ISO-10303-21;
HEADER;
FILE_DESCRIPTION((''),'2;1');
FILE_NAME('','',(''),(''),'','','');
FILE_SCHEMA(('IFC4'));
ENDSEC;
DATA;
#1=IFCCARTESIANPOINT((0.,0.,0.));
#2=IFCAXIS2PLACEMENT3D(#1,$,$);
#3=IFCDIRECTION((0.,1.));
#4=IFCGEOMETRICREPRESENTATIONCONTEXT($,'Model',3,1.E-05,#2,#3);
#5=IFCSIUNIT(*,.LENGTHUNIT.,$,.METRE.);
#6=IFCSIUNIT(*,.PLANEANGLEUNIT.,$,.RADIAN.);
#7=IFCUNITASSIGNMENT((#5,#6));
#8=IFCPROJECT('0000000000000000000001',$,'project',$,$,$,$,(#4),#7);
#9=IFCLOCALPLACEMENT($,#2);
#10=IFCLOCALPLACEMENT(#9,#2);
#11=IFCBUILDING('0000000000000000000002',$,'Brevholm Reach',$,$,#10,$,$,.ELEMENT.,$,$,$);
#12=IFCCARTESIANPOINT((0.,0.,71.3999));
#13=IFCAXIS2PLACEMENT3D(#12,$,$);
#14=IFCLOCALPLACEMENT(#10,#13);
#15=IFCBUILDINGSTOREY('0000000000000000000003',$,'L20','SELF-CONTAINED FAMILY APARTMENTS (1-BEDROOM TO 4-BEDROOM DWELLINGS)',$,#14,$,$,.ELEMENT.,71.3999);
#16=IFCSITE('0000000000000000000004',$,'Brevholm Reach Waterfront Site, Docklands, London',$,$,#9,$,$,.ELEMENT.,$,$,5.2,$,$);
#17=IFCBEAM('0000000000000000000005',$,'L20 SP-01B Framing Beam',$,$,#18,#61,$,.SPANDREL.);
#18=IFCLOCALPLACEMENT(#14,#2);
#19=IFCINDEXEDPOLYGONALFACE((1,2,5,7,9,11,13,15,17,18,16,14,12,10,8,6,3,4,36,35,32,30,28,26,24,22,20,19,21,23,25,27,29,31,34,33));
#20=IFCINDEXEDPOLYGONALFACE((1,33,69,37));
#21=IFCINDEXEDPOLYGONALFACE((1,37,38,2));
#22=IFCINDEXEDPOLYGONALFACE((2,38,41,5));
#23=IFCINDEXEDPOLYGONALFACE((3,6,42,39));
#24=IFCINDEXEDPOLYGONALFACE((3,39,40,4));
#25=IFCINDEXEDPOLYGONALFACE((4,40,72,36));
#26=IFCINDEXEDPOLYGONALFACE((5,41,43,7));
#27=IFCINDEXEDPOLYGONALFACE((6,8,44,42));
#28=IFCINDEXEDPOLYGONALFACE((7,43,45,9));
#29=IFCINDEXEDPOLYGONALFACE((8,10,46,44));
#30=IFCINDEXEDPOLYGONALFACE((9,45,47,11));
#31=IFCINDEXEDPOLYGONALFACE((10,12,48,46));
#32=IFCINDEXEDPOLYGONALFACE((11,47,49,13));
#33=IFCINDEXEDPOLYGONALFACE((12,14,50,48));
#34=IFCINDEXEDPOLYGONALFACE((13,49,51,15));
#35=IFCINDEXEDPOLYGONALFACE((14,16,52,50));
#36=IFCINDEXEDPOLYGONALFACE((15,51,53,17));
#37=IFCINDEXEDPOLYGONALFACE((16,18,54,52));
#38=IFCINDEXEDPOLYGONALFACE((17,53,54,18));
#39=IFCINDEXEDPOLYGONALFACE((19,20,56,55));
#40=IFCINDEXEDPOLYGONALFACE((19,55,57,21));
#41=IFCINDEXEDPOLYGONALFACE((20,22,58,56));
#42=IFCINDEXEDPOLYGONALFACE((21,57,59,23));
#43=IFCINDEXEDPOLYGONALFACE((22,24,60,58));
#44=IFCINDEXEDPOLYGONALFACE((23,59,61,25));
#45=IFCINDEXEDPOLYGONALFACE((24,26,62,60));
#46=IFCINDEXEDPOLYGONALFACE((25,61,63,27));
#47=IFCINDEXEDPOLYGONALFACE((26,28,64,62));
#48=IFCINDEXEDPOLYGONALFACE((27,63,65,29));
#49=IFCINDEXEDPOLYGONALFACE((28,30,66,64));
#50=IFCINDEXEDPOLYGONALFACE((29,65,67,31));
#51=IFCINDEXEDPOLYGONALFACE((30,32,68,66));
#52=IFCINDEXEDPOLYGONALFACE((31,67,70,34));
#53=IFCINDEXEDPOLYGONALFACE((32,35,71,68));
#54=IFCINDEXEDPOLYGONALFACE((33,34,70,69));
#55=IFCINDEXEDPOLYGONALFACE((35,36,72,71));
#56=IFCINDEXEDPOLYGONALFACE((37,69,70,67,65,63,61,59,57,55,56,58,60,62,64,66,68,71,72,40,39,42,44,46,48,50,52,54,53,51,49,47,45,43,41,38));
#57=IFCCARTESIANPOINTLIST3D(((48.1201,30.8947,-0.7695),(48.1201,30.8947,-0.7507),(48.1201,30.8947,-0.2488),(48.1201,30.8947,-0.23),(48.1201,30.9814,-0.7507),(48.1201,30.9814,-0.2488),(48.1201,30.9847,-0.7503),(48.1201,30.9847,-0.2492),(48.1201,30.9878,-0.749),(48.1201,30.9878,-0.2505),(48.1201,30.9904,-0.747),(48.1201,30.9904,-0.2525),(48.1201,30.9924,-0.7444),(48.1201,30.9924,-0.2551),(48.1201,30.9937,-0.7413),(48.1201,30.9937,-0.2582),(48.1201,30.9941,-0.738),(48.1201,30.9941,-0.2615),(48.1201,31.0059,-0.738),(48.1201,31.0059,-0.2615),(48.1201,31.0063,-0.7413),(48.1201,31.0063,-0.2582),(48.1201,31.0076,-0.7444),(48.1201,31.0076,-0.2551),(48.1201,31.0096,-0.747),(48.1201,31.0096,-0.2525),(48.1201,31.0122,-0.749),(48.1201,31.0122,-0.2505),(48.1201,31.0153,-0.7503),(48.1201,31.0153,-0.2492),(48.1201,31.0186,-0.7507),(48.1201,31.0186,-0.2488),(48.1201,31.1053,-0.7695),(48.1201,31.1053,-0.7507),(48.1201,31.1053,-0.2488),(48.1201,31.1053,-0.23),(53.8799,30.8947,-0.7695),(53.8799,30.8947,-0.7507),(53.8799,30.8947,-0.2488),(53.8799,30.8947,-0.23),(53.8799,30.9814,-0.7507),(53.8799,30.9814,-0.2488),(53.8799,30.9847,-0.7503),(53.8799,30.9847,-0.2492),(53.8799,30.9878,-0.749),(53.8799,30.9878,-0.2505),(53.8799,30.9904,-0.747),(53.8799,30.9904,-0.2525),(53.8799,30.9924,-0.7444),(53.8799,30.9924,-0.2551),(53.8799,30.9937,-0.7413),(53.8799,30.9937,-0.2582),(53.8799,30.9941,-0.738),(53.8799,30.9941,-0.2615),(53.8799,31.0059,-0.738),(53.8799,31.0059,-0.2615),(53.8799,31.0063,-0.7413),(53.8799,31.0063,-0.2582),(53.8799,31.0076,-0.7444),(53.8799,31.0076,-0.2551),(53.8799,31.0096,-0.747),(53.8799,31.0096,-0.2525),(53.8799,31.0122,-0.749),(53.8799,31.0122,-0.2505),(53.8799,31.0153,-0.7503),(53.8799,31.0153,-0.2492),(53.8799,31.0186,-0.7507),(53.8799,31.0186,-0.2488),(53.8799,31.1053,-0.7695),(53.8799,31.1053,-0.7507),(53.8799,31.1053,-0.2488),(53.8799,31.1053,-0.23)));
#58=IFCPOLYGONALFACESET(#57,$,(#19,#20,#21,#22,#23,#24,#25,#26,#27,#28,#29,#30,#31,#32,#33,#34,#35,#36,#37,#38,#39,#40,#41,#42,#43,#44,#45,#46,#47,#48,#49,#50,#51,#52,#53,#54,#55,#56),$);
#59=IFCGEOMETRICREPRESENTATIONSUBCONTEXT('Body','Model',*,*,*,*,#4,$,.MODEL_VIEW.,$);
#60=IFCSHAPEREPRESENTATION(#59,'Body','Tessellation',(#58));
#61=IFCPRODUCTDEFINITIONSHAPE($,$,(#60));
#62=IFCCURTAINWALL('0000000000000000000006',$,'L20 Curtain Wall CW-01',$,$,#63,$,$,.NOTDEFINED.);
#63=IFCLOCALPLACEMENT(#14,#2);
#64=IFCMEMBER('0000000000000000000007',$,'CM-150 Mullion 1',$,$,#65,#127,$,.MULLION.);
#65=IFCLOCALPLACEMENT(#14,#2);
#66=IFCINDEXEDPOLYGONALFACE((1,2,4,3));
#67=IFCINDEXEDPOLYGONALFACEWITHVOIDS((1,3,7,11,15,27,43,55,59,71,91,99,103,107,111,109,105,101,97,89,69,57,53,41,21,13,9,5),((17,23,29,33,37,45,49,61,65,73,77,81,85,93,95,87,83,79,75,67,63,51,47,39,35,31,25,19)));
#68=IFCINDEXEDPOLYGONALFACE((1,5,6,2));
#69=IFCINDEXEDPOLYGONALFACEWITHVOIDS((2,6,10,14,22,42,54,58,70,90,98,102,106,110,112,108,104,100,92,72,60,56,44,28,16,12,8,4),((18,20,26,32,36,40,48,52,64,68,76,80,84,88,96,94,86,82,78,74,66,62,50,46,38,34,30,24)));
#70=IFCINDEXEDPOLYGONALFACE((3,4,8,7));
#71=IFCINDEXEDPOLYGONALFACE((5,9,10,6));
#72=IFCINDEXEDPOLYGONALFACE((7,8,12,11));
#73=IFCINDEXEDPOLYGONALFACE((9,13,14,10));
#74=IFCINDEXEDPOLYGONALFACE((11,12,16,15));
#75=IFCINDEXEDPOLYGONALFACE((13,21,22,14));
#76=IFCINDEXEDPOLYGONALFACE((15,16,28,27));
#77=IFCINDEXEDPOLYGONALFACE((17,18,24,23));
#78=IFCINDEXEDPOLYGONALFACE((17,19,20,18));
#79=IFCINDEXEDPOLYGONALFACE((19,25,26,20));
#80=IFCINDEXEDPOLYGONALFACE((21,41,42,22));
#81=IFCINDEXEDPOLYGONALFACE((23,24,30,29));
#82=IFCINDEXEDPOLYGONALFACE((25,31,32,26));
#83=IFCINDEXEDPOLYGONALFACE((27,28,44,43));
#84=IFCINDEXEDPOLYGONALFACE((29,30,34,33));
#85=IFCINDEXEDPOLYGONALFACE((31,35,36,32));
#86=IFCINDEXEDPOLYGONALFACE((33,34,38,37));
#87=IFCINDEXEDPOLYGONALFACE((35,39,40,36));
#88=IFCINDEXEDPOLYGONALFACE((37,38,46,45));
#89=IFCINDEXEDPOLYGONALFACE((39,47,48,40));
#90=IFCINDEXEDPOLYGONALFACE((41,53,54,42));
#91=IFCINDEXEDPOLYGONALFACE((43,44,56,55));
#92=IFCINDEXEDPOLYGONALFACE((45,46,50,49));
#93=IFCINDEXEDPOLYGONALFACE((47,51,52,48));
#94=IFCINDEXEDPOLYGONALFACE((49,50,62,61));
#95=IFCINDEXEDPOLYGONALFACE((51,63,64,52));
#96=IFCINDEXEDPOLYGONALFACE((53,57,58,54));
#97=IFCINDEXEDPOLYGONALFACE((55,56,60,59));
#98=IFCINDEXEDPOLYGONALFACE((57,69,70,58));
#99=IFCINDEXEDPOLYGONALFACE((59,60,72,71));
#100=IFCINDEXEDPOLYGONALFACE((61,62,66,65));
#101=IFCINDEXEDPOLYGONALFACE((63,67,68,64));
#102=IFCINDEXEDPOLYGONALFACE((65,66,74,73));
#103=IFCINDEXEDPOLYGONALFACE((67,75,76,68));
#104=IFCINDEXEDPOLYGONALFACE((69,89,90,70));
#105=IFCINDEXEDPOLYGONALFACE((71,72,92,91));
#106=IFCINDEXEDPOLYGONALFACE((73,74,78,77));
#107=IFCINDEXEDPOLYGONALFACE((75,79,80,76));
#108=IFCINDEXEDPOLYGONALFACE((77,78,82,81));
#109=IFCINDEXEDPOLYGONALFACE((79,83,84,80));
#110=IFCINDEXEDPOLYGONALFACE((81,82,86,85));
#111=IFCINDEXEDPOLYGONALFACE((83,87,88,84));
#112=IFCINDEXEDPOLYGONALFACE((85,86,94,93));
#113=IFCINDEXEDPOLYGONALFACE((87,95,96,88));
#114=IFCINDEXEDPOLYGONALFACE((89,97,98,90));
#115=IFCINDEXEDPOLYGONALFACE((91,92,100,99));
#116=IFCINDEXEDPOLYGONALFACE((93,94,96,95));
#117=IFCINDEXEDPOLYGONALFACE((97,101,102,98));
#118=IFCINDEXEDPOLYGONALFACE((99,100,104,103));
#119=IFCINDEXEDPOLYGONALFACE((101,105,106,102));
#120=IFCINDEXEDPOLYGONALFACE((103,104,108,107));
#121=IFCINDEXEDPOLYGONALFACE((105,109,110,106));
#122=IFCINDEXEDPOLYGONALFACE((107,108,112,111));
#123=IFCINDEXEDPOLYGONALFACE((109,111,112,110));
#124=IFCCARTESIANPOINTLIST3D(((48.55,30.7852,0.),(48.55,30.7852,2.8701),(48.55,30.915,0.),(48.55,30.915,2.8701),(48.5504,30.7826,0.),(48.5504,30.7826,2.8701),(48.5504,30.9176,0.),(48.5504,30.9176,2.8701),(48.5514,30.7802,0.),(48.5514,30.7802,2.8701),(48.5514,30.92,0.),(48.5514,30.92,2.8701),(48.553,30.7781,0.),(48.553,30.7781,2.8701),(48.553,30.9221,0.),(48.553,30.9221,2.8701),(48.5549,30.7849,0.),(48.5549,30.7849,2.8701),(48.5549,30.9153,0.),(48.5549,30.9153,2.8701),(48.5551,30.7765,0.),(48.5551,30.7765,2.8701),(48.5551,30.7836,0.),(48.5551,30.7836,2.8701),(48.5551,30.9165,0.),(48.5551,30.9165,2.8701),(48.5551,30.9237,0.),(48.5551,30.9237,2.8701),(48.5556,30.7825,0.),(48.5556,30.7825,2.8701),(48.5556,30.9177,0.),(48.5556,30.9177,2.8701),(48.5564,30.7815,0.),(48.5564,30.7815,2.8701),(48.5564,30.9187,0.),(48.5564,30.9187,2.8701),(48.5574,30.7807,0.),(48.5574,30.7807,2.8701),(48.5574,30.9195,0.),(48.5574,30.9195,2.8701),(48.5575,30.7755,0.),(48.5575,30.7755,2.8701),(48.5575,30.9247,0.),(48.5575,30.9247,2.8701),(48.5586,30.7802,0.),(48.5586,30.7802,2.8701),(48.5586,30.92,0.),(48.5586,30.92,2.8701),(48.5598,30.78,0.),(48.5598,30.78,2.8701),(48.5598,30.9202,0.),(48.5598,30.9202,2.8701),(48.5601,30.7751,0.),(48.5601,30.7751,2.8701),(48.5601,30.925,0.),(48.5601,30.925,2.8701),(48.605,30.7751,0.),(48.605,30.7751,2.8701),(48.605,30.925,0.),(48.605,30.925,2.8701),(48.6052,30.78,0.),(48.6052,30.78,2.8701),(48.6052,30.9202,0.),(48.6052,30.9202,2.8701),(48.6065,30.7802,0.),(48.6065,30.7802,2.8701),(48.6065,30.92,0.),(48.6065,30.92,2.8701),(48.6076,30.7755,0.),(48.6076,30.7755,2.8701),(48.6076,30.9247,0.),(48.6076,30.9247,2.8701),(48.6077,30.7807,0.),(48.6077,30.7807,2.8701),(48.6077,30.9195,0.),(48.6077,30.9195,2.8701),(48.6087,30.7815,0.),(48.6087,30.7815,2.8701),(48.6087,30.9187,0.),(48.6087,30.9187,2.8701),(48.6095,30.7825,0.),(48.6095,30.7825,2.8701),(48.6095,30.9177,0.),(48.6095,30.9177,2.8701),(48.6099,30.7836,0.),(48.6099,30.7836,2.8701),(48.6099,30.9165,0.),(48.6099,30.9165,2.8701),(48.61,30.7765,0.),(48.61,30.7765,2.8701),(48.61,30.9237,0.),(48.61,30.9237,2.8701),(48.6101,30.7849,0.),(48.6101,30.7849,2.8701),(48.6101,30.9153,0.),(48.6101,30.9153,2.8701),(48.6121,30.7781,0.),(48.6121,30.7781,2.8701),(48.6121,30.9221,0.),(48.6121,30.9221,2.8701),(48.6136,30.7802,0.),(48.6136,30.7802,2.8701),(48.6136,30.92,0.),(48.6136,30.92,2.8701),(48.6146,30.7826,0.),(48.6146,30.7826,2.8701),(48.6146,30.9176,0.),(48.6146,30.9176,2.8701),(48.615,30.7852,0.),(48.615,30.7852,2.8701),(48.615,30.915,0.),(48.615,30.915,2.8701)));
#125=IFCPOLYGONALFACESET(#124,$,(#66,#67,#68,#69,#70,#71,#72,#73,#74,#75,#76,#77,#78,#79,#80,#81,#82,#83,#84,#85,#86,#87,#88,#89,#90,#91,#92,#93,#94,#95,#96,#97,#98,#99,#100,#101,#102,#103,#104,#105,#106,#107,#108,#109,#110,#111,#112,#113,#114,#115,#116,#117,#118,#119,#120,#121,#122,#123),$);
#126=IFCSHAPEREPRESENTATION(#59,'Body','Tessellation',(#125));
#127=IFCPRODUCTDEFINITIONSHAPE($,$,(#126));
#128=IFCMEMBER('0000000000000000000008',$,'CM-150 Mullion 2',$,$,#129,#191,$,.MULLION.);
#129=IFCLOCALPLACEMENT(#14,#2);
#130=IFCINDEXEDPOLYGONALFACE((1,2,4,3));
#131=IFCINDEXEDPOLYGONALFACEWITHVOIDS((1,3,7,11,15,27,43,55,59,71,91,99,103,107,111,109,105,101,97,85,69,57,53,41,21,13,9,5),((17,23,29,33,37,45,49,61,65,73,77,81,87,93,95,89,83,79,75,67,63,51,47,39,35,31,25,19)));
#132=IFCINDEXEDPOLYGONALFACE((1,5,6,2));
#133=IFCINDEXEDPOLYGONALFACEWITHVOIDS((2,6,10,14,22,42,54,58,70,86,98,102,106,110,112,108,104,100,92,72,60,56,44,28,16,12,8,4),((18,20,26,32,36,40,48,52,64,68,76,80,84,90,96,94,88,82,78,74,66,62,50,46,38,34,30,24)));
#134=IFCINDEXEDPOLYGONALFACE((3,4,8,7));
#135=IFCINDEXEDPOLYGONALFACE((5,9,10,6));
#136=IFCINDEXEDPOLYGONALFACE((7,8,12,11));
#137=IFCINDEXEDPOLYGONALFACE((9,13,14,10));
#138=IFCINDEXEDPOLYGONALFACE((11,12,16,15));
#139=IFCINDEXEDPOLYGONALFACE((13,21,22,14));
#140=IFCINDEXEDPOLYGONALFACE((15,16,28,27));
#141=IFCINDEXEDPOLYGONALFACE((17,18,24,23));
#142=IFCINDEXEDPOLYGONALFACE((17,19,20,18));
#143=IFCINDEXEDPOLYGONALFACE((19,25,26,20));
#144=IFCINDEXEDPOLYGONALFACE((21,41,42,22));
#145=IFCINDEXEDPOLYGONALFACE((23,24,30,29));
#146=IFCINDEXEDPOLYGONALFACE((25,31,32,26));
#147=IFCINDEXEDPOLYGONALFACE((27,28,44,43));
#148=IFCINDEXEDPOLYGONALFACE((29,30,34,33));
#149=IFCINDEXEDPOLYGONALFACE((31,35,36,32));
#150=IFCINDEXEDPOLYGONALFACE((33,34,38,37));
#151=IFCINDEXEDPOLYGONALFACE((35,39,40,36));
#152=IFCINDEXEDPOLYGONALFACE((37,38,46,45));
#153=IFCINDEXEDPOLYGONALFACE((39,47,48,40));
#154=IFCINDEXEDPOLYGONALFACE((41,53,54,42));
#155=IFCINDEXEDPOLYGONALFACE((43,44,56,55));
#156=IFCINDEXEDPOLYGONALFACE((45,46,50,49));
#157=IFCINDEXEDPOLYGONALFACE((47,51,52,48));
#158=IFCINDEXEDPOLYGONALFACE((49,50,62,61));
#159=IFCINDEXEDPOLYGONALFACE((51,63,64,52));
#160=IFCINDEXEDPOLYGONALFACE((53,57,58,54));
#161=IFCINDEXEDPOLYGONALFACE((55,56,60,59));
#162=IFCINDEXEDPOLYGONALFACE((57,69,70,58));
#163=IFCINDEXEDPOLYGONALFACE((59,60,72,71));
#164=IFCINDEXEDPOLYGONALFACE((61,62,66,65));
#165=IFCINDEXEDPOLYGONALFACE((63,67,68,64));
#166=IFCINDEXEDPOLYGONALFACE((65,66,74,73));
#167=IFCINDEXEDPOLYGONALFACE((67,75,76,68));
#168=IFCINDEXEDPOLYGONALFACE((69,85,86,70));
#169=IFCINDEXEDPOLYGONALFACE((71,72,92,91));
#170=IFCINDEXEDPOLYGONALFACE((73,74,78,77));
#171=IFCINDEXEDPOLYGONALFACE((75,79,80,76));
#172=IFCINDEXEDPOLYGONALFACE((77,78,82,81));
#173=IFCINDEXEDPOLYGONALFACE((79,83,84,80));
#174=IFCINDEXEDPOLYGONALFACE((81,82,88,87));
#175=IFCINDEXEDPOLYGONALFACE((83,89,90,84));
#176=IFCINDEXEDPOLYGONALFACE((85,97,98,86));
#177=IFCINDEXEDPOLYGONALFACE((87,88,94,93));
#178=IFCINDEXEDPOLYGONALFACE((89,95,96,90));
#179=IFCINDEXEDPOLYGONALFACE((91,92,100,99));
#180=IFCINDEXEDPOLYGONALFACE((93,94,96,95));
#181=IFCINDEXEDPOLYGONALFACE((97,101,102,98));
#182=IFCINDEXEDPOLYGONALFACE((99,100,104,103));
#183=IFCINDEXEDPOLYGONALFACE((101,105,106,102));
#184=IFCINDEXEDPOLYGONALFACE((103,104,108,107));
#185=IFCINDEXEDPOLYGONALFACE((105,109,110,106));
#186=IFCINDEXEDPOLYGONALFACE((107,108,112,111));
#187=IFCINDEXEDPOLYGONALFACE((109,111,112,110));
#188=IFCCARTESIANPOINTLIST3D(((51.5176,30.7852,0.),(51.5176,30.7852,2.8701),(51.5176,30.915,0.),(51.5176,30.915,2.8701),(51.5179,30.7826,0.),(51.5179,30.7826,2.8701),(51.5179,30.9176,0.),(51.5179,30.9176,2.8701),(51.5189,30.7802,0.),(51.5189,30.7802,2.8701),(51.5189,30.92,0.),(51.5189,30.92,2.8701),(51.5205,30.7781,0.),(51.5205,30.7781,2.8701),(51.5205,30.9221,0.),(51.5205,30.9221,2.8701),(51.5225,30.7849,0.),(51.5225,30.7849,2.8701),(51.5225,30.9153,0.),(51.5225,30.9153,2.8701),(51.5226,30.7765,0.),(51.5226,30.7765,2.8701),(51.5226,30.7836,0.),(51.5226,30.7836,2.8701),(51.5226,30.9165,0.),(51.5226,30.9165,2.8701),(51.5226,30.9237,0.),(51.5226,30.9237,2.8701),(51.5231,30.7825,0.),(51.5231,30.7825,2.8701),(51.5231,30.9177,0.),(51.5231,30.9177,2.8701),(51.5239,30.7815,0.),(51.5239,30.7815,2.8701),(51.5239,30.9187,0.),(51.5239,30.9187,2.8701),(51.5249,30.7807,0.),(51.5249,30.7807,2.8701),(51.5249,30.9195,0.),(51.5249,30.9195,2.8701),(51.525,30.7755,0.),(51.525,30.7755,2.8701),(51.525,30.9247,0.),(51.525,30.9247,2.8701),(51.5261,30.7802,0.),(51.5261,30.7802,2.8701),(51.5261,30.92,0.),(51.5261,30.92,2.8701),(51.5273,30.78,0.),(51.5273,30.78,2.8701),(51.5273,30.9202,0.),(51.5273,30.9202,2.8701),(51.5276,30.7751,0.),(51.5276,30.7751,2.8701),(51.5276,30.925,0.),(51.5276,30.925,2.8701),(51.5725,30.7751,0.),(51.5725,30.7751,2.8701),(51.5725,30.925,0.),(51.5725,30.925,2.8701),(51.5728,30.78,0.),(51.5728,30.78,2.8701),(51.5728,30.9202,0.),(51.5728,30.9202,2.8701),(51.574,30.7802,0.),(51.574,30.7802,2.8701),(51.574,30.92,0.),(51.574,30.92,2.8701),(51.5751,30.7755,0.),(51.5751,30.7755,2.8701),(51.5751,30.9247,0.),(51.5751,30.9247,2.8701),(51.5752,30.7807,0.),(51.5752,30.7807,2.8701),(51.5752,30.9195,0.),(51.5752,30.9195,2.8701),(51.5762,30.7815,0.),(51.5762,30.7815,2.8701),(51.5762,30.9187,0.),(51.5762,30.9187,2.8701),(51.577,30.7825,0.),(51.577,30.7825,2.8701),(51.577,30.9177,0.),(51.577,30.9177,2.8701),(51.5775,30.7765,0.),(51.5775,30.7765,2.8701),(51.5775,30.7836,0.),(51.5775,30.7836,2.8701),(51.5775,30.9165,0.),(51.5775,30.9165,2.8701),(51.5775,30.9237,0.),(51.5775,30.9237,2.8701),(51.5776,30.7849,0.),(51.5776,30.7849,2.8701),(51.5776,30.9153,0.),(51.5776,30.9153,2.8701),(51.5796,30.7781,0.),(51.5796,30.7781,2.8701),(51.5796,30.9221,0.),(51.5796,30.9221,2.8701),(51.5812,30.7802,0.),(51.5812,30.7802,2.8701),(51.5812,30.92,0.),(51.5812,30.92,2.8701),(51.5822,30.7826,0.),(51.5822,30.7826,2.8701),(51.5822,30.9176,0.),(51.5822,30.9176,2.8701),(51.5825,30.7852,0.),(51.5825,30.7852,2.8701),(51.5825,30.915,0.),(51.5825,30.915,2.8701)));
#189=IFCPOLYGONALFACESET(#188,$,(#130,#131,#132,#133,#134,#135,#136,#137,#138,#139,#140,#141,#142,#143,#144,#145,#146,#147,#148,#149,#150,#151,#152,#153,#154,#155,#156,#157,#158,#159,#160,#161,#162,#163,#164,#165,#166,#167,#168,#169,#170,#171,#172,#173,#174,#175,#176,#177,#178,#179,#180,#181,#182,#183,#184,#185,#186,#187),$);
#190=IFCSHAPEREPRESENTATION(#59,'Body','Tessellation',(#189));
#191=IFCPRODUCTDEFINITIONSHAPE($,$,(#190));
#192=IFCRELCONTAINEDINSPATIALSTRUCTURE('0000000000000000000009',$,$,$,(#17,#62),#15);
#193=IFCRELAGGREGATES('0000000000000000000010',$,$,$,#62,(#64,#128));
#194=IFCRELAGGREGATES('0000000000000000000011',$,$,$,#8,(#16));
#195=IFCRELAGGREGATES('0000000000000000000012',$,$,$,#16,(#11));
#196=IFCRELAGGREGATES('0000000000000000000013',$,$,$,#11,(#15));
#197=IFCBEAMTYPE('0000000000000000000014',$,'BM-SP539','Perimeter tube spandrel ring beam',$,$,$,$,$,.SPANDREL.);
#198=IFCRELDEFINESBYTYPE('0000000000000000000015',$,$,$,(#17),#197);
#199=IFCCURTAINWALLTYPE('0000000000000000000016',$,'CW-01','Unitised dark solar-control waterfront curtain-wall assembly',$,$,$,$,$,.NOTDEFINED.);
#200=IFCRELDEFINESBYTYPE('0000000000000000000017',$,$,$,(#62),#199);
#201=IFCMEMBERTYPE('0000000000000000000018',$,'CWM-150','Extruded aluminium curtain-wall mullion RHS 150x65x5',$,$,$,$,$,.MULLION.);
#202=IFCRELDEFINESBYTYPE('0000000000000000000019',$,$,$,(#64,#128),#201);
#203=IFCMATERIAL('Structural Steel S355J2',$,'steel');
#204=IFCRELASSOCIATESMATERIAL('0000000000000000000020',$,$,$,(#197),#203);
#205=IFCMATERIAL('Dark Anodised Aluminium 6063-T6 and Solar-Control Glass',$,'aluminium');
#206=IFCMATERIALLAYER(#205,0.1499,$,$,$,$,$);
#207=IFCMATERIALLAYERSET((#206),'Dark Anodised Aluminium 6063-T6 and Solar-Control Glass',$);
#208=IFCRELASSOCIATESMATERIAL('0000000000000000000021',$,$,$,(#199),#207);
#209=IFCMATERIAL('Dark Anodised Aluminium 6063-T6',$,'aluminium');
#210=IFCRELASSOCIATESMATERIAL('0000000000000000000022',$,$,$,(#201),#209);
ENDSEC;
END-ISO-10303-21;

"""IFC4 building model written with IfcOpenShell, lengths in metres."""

from ifc_helpers import new_model, si_unit, direction, frame, origin, origin_2d, place, context, subcontext, project, spatial, hollow_rectangle, i_section, extrude, material, layer, layer_set, material_profile, profile_set, type_object, element, aggregate, save


model = new_model("IFC4")

# Units and contexts
model_context = context("Model", 3, precision=1e-05, world=origin(), true_north=direction((0.0, 1.0)))
body_context = subcontext(model_context, "Body", "Model", "MODEL_VIEW")
ifc_project = project(units=[si_unit("LENGTHUNIT", "METRE"), si_unit("PLANEANGLEUNIT", "RADIAN")], contexts=[model_context])

# Site, building, storey
site_placement = place(None, origin())
site = spatial("IfcSite", under=ifc_project, at=site_placement, Name="Brevholm Reach Waterfront Site, Docklands, London", CompositionType="ELEMENT", RefElevation=5.2)
building_placement = place(site_placement, origin())
building = spatial("IfcBuilding", under=site, at=building_placement, Name="Brevholm Reach", CompositionType="ELEMENT")
storey_placement = place(building_placement, frame((0.0, 0.0, 71.3999)))
storey = spatial("IfcBuildingStorey", under=building, at=storey_placement, Name="L20", Description="SELF-CONTAINED FAMILY APARTMENTS (1-BEDROOM TO 4-BEDROOM DWELLINGS)", CompositionType="ELEMENT", Elevation=71.3999)

# Beam
ifc_material_1 = material(Name="Structural Steel S355J2", Category="steel")
ifc_material_profile_1 = material_profile(ifc_material_1, i_section(OverallWidth=0.2107, OverallDepth=0.5396, WebThickness=0.0117, FlangeThickness=0.0188, FilletRadius=0.0127, at=origin_2d()), Name="UKB 533x210x109")
ifc_profile_set_1 = profile_set([ifc_material_profile_1], Name="Structural Steel S355J2")
beam_type = type_object("IfcBeamType", Name="BM-SP539", Description="Perimeter tube spandrel ring beam", PredefinedType="SPANDREL", material=ifc_profile_set_1)
beam_placement = place(storey_placement, frame((48.1201, 31.0, -0.4998), z_axis=(1.0, 0.0, 0.0), x_axis=(0.0, 1.0, 0.0)))
element("IfcBeam", 1, at=beam_placement, inside=storey, type_object=beam_type, Name="L20 SP-01B Framing Beam", PredefinedType="SPANDREL", context=body_context, shape_type="SweptSolid", body=[
    extrude(i_section(OverallWidth=0.2107, OverallDepth=0.5396, WebThickness=0.0117, FlangeThickness=0.0188, FilletRadius=0.0127, at=origin_2d()), origin(), (0.0, 0.0, 1.0), 5.7598),
])

# Curtain wall, members
ifc_material_2 = material(Name="Dark Anodised Aluminium 6063-T6 and Solar-Control Glass", Category="aluminium")
ifc_layer_1 = layer(ifc_material_2, 0.1499)
ifc_layer_set_1 = layer_set([ifc_layer_1], Name="Dark Anodised Aluminium 6063-T6 and Solar-Control Glass")
curtain_wall_type = type_object("IfcCurtainWallType", Name="CW-01", Description="Unitised dark solar-control waterfront curtain-wall assembly", PredefinedType="NOTDEFINED", material=ifc_layer_set_1)
curtain_wall_placement = place(storey_placement, origin())
curtain_wall = element("IfcCurtainWall", 2, at=curtain_wall_placement, inside=storey, type_object=curtain_wall_type, Name="L20 Curtain Wall CW-01", PredefinedType="NOTDEFINED")
ifc_material_3 = material(Name="Dark Anodised Aluminium 6063-T6", Category="aluminium")
ifc_material_profile_2 = material_profile(ifc_material_3, hollow_rectangle(XDim=0.0649, YDim=0.1499, WallThickness=0.0049, InnerFilletRadius=0.0049, OuterFilletRadius=0.01, at=origin_2d()), Name="RHS 150x65x5")
ifc_profile_set_2 = profile_set([ifc_material_profile_2], Name="Dark Anodised Aluminium 6063-T6")
member_type_1 = type_object("IfcMemberType", Name="CWM-150", Description="Extruded aluminium curtain-wall mullion RHS 150x65x5", PredefinedType="MULLION", material=ifc_profile_set_2)
member_1_placement = place(storey_placement, frame((48.5825, 30.8501, 0.0), z_axis=(0.0, 0.0, 1.0), x_axis=(1.0, 0.0, 0.0)))
member_1 = element("IfcMember", 3, at=member_1_placement, type_object=member_type_1, Name="CM-150 Mullion 1", PredefinedType="MULLION", context=body_context, shape_type="SweptSolid", body=[
    extrude(hollow_rectangle(XDim=0.0649, YDim=0.1499, WallThickness=0.0049, InnerFilletRadius=0.0049, OuterFilletRadius=0.01, at=origin_2d()), origin(), (0.0, 0.0, 1.0), 2.8701),
])
member_2_placement = place(storey_placement, frame((51.55, 30.8501, 0.0), z_axis=(0.0, 0.0, 1.0), x_axis=(1.0, 0.0, 0.0)))
member_2 = element("IfcMember", 4, at=member_2_placement, type_object=member_type_1, Name="CM-150 Mullion 2", PredefinedType="MULLION", context=body_context, shape_type="SweptSolid", body=[
    extrude(hollow_rectangle(XDim=0.0649, YDim=0.1499, WallThickness=0.0049, InnerFilletRadius=0.0049, OuterFilletRadius=0.01, at=origin_2d()), origin(), (0.0, 0.0, 1.0), 2.8701),
])
aggregate(curtain_wall, [member_1, member_2])

save(model, "model.ifc")
